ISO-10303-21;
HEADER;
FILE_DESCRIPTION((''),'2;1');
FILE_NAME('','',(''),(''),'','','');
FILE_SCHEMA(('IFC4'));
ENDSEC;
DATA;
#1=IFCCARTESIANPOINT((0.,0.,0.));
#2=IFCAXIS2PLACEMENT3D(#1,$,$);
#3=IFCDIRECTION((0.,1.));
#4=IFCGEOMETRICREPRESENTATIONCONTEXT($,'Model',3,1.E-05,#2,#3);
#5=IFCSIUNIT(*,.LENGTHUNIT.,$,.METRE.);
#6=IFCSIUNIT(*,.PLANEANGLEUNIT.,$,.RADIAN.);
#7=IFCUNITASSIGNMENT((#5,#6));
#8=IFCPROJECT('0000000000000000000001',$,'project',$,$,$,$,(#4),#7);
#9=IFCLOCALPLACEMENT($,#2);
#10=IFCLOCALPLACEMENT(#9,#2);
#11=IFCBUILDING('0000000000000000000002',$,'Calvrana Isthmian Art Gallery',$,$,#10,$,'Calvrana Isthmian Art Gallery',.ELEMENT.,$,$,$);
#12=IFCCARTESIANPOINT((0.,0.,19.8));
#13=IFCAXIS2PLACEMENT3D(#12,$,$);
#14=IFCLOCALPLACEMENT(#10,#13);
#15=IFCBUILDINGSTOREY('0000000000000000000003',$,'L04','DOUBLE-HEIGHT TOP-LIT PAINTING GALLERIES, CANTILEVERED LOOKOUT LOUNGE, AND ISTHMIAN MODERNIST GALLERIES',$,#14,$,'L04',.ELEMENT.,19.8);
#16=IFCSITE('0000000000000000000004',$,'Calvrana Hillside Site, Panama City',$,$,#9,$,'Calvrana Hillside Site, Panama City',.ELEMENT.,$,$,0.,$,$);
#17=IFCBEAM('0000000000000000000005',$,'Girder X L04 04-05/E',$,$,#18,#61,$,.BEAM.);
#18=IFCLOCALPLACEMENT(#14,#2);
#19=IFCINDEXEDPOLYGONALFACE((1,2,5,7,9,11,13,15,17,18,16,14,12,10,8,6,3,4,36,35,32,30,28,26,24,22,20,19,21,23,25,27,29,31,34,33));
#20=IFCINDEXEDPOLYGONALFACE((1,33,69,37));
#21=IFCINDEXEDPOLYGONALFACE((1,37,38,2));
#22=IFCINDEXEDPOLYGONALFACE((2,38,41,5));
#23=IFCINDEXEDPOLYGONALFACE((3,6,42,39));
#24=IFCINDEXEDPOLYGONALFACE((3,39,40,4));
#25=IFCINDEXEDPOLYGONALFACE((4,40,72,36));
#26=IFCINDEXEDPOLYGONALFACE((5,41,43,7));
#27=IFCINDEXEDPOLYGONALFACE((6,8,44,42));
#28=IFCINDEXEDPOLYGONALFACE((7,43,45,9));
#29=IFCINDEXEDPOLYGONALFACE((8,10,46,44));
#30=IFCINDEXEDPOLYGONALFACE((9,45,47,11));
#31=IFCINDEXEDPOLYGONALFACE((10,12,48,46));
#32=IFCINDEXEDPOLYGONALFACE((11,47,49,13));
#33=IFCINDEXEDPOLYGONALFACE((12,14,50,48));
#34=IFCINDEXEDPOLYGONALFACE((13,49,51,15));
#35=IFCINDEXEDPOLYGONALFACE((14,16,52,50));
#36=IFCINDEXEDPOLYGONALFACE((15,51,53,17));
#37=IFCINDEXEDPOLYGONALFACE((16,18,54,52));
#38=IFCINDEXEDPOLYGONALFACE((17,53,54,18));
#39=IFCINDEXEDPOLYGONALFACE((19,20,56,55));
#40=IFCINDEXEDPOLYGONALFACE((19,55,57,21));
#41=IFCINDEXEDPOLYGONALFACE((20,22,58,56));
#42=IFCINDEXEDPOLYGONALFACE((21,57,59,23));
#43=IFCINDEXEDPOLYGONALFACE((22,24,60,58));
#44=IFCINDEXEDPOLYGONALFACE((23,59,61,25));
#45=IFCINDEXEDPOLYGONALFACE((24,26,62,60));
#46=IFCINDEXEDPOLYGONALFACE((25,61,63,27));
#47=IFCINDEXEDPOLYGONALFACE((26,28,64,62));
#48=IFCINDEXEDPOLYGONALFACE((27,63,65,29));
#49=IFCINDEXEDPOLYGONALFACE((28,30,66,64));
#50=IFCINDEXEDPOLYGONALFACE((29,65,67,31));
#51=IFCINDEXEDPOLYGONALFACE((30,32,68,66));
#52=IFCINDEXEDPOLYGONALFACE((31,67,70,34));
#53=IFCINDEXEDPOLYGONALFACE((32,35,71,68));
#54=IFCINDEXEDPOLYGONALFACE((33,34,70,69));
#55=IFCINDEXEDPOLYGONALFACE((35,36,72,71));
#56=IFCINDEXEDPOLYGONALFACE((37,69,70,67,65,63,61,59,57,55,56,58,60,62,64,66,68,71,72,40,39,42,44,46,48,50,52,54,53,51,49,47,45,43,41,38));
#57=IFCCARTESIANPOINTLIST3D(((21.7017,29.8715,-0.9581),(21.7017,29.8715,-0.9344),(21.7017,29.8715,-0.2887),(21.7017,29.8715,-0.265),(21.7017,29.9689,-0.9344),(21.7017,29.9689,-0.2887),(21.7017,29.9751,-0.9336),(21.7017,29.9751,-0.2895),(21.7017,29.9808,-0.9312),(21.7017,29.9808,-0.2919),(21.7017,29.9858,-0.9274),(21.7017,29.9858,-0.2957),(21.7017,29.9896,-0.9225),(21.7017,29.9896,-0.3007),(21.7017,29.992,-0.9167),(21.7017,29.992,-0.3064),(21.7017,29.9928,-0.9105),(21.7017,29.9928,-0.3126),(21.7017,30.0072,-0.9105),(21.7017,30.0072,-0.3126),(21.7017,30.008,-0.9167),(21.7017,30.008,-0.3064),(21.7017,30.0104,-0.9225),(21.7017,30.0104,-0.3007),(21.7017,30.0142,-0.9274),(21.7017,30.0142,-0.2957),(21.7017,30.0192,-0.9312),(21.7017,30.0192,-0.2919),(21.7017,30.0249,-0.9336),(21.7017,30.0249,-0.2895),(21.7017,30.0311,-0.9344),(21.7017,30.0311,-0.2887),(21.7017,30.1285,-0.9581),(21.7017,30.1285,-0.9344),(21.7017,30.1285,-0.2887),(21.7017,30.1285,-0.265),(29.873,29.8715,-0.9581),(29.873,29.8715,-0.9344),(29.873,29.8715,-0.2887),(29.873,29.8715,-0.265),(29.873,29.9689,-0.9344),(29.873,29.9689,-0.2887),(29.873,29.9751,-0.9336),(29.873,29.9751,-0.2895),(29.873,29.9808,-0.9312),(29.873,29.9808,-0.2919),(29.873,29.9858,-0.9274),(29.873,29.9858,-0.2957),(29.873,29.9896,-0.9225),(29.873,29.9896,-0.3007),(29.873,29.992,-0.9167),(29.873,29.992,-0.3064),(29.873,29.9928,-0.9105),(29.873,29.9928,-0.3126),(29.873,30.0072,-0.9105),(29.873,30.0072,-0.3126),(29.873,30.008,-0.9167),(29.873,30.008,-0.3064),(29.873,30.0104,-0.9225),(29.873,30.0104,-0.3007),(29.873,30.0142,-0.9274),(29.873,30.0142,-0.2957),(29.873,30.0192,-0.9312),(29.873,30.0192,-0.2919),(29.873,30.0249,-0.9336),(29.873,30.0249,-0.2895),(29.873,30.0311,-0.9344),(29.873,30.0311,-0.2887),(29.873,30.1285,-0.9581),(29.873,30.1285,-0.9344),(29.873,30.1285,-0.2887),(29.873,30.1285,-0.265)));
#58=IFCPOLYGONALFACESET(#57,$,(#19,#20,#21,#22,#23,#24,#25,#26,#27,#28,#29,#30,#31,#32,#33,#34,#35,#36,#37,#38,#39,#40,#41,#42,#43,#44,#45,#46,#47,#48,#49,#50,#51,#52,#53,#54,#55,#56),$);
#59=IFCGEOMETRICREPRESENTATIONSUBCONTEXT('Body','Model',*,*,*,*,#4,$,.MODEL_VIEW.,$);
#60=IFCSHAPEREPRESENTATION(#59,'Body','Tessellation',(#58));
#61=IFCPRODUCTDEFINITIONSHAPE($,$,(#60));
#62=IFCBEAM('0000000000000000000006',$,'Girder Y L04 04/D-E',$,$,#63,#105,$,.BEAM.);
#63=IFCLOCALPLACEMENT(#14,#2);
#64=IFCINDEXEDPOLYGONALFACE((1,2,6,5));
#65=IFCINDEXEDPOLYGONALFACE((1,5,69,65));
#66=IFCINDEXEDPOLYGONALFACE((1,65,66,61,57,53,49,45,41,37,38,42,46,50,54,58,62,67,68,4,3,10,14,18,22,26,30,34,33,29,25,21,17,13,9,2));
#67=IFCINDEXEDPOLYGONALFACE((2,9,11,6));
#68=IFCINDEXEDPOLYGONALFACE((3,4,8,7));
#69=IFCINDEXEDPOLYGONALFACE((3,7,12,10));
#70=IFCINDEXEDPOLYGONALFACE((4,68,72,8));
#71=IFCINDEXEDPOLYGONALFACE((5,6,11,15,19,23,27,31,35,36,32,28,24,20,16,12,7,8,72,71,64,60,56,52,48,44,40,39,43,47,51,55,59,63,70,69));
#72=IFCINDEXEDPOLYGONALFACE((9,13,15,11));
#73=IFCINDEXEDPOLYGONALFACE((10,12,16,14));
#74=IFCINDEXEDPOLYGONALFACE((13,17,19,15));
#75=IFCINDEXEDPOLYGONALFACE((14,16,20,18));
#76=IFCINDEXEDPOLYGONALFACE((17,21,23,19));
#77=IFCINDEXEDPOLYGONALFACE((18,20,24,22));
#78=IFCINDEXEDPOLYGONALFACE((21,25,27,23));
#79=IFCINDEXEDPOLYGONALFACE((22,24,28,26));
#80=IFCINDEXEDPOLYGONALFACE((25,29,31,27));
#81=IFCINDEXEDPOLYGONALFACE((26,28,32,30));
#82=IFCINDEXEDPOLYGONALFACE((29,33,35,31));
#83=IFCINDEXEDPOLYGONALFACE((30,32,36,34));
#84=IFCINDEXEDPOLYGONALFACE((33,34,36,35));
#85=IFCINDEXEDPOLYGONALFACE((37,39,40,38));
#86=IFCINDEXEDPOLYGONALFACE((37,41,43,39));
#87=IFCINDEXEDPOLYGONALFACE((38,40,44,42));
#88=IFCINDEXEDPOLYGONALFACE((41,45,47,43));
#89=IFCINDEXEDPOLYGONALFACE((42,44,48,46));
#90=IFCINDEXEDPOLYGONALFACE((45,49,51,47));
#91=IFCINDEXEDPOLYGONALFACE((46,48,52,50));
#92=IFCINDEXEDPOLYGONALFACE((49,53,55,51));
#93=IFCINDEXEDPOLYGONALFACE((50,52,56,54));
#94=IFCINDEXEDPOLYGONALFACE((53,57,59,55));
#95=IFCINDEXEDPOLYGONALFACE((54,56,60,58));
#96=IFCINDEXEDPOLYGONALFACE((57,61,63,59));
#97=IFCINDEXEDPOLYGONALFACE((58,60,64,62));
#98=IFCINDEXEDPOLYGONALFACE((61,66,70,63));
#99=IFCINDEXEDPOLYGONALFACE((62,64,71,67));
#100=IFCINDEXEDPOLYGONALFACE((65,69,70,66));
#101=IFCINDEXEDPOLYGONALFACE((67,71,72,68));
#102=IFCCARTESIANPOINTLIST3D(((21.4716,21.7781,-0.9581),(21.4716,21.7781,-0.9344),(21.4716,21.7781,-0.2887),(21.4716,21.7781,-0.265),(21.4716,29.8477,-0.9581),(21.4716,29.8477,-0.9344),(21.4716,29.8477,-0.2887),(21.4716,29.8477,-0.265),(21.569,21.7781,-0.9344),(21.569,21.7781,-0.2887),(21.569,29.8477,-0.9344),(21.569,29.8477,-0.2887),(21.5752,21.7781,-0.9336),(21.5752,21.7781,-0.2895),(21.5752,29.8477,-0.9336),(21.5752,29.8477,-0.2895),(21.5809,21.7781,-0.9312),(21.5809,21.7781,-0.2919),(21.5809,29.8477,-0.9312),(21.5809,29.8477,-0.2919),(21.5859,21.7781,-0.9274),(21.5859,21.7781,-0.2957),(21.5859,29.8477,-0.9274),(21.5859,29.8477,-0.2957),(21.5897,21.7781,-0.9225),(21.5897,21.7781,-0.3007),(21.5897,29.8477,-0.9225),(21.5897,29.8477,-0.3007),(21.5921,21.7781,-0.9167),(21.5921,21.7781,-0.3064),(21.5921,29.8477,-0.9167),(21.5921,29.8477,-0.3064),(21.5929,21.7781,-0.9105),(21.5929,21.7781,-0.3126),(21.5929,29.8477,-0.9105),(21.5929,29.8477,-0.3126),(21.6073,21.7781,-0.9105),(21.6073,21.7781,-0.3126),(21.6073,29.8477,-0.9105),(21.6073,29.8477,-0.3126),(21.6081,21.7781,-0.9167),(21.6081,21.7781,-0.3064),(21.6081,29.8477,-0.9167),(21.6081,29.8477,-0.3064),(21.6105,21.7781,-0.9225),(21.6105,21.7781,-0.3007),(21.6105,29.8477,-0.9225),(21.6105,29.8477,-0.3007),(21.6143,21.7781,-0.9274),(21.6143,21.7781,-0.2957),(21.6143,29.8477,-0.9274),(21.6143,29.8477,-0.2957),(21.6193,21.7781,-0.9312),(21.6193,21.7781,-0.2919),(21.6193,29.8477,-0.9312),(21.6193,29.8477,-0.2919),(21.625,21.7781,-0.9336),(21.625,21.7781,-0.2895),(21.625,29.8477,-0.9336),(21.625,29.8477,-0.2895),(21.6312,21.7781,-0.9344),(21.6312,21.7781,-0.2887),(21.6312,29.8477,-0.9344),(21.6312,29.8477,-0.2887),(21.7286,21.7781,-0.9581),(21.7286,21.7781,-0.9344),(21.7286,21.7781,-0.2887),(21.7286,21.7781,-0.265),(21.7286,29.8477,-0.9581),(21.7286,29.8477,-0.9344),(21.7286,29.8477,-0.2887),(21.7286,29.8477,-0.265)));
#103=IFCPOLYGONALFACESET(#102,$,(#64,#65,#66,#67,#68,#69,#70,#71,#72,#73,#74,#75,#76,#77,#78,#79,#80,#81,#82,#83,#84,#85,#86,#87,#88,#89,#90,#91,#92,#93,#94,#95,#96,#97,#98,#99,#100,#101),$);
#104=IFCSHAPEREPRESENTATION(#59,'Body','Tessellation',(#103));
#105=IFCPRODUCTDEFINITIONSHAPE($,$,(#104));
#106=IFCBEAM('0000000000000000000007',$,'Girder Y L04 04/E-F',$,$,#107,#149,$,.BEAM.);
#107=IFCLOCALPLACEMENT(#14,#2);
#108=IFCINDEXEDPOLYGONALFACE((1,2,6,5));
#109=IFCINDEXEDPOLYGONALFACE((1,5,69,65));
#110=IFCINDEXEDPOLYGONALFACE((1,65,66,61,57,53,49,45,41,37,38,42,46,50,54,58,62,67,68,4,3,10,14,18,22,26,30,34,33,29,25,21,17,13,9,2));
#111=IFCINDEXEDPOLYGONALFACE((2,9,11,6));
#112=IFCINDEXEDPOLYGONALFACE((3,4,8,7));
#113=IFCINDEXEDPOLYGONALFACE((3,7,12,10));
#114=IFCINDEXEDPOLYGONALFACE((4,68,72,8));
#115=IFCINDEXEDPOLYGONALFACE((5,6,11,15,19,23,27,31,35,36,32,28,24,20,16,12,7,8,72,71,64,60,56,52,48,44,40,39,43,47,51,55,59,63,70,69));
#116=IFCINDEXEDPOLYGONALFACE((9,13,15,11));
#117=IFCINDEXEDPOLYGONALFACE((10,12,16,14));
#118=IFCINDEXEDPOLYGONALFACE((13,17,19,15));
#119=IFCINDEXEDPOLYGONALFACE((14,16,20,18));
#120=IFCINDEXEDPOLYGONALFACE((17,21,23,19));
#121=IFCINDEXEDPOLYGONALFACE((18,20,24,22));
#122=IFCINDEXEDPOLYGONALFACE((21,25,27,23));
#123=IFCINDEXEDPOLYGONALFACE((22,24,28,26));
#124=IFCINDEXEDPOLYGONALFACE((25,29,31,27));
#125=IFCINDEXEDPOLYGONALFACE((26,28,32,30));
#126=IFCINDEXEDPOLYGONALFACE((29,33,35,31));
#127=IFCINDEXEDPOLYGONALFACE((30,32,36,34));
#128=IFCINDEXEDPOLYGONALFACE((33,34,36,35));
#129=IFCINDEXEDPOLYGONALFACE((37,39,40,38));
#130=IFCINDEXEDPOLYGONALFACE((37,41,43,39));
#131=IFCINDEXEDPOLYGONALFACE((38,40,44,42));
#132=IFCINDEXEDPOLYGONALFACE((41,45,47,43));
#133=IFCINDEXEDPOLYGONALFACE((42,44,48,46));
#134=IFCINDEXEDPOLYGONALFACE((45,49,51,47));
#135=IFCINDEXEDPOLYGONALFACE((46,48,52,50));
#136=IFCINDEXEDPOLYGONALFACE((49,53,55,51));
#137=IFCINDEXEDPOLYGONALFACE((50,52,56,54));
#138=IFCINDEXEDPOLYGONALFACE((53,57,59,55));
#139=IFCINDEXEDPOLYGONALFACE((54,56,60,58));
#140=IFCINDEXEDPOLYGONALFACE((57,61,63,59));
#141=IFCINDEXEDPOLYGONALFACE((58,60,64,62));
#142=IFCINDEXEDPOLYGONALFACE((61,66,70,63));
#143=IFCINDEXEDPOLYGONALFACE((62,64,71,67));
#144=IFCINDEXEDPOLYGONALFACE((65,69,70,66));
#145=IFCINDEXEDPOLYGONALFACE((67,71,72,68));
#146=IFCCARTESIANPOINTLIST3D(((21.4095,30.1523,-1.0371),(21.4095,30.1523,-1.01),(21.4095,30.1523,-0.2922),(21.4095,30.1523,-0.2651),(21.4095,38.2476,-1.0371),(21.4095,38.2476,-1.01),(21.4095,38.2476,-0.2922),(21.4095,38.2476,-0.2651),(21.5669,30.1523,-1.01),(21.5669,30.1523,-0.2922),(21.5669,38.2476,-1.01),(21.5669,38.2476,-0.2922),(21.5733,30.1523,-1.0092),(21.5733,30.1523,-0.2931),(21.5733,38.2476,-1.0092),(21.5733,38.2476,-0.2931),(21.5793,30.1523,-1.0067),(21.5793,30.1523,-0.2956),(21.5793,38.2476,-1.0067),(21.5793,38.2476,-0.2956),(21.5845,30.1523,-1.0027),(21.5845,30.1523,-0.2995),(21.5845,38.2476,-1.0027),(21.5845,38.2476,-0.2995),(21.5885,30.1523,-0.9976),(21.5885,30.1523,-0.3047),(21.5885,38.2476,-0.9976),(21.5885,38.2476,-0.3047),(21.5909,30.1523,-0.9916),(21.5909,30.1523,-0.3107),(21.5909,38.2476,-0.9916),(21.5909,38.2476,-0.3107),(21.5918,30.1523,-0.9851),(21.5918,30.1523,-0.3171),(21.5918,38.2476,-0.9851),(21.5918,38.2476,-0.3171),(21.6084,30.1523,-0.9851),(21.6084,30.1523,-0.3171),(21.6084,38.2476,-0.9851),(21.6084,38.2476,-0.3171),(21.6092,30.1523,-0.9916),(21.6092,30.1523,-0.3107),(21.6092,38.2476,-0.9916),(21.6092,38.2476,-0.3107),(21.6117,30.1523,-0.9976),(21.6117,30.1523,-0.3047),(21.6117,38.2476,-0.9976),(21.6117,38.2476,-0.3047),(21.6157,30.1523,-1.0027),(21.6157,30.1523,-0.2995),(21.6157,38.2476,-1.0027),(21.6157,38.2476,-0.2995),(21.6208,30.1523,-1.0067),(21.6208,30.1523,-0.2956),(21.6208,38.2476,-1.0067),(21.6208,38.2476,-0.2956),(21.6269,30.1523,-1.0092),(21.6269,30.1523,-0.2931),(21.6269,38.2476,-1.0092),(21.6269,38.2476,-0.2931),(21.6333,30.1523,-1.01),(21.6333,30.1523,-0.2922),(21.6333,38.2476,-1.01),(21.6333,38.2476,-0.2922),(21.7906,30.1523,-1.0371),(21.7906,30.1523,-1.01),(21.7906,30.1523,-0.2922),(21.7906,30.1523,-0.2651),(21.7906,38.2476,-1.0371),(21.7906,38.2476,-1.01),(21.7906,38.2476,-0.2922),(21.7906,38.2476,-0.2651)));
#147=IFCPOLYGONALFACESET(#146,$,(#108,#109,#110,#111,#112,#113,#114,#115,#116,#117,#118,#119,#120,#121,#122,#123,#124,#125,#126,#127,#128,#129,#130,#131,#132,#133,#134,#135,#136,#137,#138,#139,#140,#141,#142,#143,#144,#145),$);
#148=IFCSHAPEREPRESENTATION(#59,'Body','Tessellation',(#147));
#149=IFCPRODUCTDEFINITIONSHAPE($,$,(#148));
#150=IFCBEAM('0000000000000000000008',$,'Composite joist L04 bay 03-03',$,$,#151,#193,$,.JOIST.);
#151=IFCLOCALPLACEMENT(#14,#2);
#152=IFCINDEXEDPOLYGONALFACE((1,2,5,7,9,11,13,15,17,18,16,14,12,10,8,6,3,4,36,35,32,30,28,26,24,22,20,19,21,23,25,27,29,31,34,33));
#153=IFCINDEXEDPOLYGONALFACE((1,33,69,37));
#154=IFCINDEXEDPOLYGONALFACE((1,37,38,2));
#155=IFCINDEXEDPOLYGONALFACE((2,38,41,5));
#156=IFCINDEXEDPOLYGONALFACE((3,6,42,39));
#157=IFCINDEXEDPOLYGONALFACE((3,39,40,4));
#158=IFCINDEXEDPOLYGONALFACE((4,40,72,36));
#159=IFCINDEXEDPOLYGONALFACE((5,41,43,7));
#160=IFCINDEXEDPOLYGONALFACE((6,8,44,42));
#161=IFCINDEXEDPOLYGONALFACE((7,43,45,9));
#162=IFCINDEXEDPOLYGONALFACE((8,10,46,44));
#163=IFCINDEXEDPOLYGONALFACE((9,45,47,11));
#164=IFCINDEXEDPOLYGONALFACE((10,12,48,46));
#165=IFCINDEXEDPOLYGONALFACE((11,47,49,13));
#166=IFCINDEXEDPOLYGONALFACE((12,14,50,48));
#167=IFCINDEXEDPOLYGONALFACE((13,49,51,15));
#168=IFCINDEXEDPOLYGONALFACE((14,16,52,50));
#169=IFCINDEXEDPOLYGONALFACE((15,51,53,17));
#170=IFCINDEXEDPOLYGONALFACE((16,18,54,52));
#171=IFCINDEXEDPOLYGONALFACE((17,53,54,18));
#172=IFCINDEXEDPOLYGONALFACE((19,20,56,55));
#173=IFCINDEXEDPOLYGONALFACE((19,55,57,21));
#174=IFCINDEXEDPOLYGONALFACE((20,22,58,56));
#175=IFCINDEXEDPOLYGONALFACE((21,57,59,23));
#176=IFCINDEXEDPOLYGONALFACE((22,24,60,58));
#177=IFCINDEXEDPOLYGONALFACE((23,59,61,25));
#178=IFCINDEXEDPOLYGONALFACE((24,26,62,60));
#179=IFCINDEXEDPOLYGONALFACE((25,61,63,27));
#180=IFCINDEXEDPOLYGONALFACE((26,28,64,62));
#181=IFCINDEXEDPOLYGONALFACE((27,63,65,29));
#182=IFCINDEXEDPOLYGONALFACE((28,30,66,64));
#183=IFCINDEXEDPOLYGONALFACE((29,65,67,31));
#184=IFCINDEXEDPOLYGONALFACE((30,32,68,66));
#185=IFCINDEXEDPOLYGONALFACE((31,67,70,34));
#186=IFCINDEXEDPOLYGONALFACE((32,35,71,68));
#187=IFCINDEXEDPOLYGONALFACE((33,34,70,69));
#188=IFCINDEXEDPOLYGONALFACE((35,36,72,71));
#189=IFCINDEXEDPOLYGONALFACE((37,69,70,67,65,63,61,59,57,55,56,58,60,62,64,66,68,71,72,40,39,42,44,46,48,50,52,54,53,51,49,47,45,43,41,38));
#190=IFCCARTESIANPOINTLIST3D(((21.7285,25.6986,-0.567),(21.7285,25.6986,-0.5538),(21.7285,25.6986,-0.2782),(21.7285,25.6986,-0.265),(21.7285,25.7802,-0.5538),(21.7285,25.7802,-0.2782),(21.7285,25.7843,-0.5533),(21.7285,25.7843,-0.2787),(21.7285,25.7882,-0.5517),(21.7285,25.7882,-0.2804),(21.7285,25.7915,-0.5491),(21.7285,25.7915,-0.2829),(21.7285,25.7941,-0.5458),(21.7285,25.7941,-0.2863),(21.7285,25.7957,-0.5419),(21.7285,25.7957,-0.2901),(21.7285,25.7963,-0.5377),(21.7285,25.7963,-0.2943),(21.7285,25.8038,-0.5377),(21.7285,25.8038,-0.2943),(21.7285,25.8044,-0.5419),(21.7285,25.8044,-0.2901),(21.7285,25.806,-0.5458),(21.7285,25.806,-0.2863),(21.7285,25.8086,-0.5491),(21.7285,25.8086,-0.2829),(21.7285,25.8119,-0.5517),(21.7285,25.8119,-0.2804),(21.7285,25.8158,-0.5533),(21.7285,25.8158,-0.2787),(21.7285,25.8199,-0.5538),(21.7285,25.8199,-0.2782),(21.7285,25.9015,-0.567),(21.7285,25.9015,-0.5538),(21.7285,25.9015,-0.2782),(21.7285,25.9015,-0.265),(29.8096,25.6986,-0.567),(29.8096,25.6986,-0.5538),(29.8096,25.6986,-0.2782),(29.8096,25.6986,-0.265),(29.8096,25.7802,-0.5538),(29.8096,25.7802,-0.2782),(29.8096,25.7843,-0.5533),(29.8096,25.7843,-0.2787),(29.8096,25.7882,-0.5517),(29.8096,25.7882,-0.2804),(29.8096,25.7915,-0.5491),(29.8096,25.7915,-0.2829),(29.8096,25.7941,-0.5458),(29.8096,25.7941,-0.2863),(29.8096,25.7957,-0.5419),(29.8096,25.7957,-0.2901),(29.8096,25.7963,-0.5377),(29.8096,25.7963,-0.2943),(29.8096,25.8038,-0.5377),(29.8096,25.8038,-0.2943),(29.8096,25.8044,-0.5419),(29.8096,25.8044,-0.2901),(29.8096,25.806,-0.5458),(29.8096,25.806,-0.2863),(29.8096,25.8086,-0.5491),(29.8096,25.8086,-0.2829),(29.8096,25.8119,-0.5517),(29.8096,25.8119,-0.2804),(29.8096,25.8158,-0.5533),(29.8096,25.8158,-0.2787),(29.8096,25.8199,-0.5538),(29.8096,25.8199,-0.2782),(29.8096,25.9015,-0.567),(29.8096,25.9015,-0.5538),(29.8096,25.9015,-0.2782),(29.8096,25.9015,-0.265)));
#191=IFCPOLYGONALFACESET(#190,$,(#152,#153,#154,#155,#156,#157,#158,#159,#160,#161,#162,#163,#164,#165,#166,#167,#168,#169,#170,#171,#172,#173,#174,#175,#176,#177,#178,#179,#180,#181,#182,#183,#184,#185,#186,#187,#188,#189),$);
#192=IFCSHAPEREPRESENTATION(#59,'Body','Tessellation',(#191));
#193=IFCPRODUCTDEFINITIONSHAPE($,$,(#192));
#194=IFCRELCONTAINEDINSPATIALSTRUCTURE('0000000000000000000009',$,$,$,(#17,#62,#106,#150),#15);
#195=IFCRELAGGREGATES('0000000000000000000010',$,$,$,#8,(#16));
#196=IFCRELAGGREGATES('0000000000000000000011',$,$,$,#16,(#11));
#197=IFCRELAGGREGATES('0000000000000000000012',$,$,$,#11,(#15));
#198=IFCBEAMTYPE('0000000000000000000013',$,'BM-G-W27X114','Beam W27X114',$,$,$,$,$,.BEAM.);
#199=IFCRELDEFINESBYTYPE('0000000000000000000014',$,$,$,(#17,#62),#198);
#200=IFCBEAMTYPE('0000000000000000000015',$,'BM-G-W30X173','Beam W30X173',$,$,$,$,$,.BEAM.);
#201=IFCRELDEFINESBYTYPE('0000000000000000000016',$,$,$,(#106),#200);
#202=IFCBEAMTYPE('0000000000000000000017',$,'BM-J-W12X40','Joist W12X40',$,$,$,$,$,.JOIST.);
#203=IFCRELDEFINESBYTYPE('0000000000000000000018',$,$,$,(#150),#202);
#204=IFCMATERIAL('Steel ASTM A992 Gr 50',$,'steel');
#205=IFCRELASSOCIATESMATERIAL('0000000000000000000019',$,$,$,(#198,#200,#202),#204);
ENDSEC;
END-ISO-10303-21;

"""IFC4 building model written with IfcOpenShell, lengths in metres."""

from ifc_helpers import new_model, si_unit, direction, frame, origin, origin_2d, place, context, subcontext, project, spatial, i_section, extrude, material, material_profile, profile_set, type_object, element, save


model = new_model("IFC4")

# Units and contexts
model_context = context("Model", 3, precision=1e-05, world=origin(), true_north=direction((0.0, 1.0)))
body_context = subcontext(model_context, "Body", "Model", "MODEL_VIEW")
ifc_project = project(units=[si_unit("LENGTHUNIT", "METRE"), si_unit("PLANEANGLEUNIT", "RADIAN")], contexts=[model_context])

# Site, building, storey
site_placement = place(None, origin())
site = spatial("IfcSite", under=ifc_project, at=site_placement, Name="Calvrana Hillside Site, Panama City", LongName="Calvrana Hillside Site, Panama City", CompositionType="ELEMENT", RefElevation=0.0)
building_placement = place(site_placement, origin())
building = spatial("IfcBuilding", under=site, at=building_placement, Name="Calvrana Isthmian Art Gallery", LongName="Calvrana Isthmian Art Gallery", CompositionType="ELEMENT")
storey_placement = place(building_placement, frame((0.0, 0.0, 19.8)))
storey = spatial("IfcBuildingStorey", under=building, at=storey_placement, Name="L04", Description="DOUBLE-HEIGHT TOP-LIT PAINTING GALLERIES, CANTILEVERED LOOKOUT LOUNGE, AND ISTHMIAN MODERNIST GALLERIES", LongName="L04", CompositionType="ELEMENT", Elevation=19.8)

# Shared definitions
ifc_material_1 = material(Name="Steel ASTM A992 Gr 50", Category="steel")

# Beams
ifc_material_profile_1 = material_profile(ifc_material_1, i_section(OverallWidth=0.2571, OverallDepth=0.6931, WebThickness=0.0144, FlangeThickness=0.0237, FilletRadius=0.0239, at=origin_2d()), Name="W27X114")
ifc_profile_set_1 = profile_set([ifc_material_profile_1], Name="Steel ASTM A992 Gr 50")
beam_type_1 = type_object("IfcBeamType", Name="BM-G-W27X114", Description="Beam W27X114", PredefinedType="BEAM", material=ifc_profile_set_1)
beam_1_placement = place(storey_placement, frame((21.7017, 30.0, -0.6116), z_axis=(1.0, 0.0, 0.0), x_axis=(0.0, 1.0, 0.0)))
element("IfcBeam", 1, at=beam_1_placement, inside=storey, type_object=beam_type_1, Name="Girder X L04 04-05/E", PredefinedType="BEAM", context=body_context, shape_type="SweptSolid", body=[
    extrude(i_section(OverallWidth=0.2571, OverallDepth=0.6931, WebThickness=0.0144, FlangeThickness=0.0237, FilletRadius=0.0239, at=origin_2d()), origin(), (0.0, 0.0, 1.0), 8.1714),
])
beam_2_placement = place(storey_placement, frame((21.6001, 21.7781, -0.6116), z_axis=(0.0, 1.0, 0.0), x_axis=(-1.0, 0.0, 0.0)))
element("IfcBeam", 2, at=beam_2_placement, inside=storey, type_object=beam_type_1, Name="Girder Y L04 04/D-E", PredefinedType="BEAM", context=body_context, shape_type="SweptSolid", body=[
    extrude(i_section(OverallWidth=0.2571, OverallDepth=0.6931, WebThickness=0.0144, FlangeThickness=0.0237, FilletRadius=0.0239, at=origin_2d()), origin(), (0.0, 0.0, 1.0), 8.0696),
])
ifc_material_profile_2 = material_profile(ifc_material_1, i_section(OverallWidth=0.3811, OverallDepth=0.772, WebThickness=0.0166, FlangeThickness=0.0271, FilletRadius=0.0249, at=origin_2d()), Name="W30X173")
ifc_profile_set_2 = profile_set([ifc_material_profile_2], Name="Steel ASTM A992 Gr 50")
beam_type_2 = type_object("IfcBeamType", Name="BM-G-W30X173", Description="Beam W30X173", PredefinedType="BEAM", material=ifc_profile_set_2)
beam_3_placement = place(storey_placement, frame((21.6001, 30.1523, -0.6511), z_axis=(0.0, 1.0, 0.0), x_axis=(-1.0, 0.0, 0.0)))
element("IfcBeam", 3, at=beam_3_placement, inside=storey, type_object=beam_type_2, Name="Girder Y L04 04/E-F", PredefinedType="BEAM", context=body_context, shape_type="SweptSolid", body=[
    extrude(i_section(OverallWidth=0.3811, OverallDepth=0.772, WebThickness=0.0166, FlangeThickness=0.0271, FilletRadius=0.0249, at=origin_2d()), origin(), (0.0, 0.0, 1.0), 8.0952),
])
ifc_material_profile_3 = material_profile(ifc_material_1, i_section(OverallWidth=0.2029, OverallDepth=0.302, WebThickness=0.0076, FlangeThickness=0.0132, FilletRadius=0.0161, at=origin_2d()), Name="W12X40")
ifc_profile_set_3 = profile_set([ifc_material_profile_3], Name="Steel ASTM A992 Gr 50")
beam_type_3 = type_object("IfcBeamType", Name="BM-J-W12X40", Description="Joist W12X40", PredefinedType="JOIST", material=ifc_profile_set_3)
beam_4_placement = place(storey_placement, frame((21.7285, 25.8, -0.416), z_axis=(1.0, 0.0, 0.0), x_axis=(0.0, 1.0, 0.0)))
element("IfcBeam", 4, at=beam_4_placement, inside=storey, type_object=beam_type_3, Name="Composite joist L04 bay 03-03", PredefinedType="JOIST", context=body_context, shape_type="SweptSolid", body=[
    extrude(i_section(OverallWidth=0.2029, OverallDepth=0.302, WebThickness=0.0076, FlangeThickness=0.0132, FilletRadius=0.0161, at=origin_2d()), origin(), (0.0, 0.0, 1.0), 8.0811),
])

save(model, "model.ifc")
